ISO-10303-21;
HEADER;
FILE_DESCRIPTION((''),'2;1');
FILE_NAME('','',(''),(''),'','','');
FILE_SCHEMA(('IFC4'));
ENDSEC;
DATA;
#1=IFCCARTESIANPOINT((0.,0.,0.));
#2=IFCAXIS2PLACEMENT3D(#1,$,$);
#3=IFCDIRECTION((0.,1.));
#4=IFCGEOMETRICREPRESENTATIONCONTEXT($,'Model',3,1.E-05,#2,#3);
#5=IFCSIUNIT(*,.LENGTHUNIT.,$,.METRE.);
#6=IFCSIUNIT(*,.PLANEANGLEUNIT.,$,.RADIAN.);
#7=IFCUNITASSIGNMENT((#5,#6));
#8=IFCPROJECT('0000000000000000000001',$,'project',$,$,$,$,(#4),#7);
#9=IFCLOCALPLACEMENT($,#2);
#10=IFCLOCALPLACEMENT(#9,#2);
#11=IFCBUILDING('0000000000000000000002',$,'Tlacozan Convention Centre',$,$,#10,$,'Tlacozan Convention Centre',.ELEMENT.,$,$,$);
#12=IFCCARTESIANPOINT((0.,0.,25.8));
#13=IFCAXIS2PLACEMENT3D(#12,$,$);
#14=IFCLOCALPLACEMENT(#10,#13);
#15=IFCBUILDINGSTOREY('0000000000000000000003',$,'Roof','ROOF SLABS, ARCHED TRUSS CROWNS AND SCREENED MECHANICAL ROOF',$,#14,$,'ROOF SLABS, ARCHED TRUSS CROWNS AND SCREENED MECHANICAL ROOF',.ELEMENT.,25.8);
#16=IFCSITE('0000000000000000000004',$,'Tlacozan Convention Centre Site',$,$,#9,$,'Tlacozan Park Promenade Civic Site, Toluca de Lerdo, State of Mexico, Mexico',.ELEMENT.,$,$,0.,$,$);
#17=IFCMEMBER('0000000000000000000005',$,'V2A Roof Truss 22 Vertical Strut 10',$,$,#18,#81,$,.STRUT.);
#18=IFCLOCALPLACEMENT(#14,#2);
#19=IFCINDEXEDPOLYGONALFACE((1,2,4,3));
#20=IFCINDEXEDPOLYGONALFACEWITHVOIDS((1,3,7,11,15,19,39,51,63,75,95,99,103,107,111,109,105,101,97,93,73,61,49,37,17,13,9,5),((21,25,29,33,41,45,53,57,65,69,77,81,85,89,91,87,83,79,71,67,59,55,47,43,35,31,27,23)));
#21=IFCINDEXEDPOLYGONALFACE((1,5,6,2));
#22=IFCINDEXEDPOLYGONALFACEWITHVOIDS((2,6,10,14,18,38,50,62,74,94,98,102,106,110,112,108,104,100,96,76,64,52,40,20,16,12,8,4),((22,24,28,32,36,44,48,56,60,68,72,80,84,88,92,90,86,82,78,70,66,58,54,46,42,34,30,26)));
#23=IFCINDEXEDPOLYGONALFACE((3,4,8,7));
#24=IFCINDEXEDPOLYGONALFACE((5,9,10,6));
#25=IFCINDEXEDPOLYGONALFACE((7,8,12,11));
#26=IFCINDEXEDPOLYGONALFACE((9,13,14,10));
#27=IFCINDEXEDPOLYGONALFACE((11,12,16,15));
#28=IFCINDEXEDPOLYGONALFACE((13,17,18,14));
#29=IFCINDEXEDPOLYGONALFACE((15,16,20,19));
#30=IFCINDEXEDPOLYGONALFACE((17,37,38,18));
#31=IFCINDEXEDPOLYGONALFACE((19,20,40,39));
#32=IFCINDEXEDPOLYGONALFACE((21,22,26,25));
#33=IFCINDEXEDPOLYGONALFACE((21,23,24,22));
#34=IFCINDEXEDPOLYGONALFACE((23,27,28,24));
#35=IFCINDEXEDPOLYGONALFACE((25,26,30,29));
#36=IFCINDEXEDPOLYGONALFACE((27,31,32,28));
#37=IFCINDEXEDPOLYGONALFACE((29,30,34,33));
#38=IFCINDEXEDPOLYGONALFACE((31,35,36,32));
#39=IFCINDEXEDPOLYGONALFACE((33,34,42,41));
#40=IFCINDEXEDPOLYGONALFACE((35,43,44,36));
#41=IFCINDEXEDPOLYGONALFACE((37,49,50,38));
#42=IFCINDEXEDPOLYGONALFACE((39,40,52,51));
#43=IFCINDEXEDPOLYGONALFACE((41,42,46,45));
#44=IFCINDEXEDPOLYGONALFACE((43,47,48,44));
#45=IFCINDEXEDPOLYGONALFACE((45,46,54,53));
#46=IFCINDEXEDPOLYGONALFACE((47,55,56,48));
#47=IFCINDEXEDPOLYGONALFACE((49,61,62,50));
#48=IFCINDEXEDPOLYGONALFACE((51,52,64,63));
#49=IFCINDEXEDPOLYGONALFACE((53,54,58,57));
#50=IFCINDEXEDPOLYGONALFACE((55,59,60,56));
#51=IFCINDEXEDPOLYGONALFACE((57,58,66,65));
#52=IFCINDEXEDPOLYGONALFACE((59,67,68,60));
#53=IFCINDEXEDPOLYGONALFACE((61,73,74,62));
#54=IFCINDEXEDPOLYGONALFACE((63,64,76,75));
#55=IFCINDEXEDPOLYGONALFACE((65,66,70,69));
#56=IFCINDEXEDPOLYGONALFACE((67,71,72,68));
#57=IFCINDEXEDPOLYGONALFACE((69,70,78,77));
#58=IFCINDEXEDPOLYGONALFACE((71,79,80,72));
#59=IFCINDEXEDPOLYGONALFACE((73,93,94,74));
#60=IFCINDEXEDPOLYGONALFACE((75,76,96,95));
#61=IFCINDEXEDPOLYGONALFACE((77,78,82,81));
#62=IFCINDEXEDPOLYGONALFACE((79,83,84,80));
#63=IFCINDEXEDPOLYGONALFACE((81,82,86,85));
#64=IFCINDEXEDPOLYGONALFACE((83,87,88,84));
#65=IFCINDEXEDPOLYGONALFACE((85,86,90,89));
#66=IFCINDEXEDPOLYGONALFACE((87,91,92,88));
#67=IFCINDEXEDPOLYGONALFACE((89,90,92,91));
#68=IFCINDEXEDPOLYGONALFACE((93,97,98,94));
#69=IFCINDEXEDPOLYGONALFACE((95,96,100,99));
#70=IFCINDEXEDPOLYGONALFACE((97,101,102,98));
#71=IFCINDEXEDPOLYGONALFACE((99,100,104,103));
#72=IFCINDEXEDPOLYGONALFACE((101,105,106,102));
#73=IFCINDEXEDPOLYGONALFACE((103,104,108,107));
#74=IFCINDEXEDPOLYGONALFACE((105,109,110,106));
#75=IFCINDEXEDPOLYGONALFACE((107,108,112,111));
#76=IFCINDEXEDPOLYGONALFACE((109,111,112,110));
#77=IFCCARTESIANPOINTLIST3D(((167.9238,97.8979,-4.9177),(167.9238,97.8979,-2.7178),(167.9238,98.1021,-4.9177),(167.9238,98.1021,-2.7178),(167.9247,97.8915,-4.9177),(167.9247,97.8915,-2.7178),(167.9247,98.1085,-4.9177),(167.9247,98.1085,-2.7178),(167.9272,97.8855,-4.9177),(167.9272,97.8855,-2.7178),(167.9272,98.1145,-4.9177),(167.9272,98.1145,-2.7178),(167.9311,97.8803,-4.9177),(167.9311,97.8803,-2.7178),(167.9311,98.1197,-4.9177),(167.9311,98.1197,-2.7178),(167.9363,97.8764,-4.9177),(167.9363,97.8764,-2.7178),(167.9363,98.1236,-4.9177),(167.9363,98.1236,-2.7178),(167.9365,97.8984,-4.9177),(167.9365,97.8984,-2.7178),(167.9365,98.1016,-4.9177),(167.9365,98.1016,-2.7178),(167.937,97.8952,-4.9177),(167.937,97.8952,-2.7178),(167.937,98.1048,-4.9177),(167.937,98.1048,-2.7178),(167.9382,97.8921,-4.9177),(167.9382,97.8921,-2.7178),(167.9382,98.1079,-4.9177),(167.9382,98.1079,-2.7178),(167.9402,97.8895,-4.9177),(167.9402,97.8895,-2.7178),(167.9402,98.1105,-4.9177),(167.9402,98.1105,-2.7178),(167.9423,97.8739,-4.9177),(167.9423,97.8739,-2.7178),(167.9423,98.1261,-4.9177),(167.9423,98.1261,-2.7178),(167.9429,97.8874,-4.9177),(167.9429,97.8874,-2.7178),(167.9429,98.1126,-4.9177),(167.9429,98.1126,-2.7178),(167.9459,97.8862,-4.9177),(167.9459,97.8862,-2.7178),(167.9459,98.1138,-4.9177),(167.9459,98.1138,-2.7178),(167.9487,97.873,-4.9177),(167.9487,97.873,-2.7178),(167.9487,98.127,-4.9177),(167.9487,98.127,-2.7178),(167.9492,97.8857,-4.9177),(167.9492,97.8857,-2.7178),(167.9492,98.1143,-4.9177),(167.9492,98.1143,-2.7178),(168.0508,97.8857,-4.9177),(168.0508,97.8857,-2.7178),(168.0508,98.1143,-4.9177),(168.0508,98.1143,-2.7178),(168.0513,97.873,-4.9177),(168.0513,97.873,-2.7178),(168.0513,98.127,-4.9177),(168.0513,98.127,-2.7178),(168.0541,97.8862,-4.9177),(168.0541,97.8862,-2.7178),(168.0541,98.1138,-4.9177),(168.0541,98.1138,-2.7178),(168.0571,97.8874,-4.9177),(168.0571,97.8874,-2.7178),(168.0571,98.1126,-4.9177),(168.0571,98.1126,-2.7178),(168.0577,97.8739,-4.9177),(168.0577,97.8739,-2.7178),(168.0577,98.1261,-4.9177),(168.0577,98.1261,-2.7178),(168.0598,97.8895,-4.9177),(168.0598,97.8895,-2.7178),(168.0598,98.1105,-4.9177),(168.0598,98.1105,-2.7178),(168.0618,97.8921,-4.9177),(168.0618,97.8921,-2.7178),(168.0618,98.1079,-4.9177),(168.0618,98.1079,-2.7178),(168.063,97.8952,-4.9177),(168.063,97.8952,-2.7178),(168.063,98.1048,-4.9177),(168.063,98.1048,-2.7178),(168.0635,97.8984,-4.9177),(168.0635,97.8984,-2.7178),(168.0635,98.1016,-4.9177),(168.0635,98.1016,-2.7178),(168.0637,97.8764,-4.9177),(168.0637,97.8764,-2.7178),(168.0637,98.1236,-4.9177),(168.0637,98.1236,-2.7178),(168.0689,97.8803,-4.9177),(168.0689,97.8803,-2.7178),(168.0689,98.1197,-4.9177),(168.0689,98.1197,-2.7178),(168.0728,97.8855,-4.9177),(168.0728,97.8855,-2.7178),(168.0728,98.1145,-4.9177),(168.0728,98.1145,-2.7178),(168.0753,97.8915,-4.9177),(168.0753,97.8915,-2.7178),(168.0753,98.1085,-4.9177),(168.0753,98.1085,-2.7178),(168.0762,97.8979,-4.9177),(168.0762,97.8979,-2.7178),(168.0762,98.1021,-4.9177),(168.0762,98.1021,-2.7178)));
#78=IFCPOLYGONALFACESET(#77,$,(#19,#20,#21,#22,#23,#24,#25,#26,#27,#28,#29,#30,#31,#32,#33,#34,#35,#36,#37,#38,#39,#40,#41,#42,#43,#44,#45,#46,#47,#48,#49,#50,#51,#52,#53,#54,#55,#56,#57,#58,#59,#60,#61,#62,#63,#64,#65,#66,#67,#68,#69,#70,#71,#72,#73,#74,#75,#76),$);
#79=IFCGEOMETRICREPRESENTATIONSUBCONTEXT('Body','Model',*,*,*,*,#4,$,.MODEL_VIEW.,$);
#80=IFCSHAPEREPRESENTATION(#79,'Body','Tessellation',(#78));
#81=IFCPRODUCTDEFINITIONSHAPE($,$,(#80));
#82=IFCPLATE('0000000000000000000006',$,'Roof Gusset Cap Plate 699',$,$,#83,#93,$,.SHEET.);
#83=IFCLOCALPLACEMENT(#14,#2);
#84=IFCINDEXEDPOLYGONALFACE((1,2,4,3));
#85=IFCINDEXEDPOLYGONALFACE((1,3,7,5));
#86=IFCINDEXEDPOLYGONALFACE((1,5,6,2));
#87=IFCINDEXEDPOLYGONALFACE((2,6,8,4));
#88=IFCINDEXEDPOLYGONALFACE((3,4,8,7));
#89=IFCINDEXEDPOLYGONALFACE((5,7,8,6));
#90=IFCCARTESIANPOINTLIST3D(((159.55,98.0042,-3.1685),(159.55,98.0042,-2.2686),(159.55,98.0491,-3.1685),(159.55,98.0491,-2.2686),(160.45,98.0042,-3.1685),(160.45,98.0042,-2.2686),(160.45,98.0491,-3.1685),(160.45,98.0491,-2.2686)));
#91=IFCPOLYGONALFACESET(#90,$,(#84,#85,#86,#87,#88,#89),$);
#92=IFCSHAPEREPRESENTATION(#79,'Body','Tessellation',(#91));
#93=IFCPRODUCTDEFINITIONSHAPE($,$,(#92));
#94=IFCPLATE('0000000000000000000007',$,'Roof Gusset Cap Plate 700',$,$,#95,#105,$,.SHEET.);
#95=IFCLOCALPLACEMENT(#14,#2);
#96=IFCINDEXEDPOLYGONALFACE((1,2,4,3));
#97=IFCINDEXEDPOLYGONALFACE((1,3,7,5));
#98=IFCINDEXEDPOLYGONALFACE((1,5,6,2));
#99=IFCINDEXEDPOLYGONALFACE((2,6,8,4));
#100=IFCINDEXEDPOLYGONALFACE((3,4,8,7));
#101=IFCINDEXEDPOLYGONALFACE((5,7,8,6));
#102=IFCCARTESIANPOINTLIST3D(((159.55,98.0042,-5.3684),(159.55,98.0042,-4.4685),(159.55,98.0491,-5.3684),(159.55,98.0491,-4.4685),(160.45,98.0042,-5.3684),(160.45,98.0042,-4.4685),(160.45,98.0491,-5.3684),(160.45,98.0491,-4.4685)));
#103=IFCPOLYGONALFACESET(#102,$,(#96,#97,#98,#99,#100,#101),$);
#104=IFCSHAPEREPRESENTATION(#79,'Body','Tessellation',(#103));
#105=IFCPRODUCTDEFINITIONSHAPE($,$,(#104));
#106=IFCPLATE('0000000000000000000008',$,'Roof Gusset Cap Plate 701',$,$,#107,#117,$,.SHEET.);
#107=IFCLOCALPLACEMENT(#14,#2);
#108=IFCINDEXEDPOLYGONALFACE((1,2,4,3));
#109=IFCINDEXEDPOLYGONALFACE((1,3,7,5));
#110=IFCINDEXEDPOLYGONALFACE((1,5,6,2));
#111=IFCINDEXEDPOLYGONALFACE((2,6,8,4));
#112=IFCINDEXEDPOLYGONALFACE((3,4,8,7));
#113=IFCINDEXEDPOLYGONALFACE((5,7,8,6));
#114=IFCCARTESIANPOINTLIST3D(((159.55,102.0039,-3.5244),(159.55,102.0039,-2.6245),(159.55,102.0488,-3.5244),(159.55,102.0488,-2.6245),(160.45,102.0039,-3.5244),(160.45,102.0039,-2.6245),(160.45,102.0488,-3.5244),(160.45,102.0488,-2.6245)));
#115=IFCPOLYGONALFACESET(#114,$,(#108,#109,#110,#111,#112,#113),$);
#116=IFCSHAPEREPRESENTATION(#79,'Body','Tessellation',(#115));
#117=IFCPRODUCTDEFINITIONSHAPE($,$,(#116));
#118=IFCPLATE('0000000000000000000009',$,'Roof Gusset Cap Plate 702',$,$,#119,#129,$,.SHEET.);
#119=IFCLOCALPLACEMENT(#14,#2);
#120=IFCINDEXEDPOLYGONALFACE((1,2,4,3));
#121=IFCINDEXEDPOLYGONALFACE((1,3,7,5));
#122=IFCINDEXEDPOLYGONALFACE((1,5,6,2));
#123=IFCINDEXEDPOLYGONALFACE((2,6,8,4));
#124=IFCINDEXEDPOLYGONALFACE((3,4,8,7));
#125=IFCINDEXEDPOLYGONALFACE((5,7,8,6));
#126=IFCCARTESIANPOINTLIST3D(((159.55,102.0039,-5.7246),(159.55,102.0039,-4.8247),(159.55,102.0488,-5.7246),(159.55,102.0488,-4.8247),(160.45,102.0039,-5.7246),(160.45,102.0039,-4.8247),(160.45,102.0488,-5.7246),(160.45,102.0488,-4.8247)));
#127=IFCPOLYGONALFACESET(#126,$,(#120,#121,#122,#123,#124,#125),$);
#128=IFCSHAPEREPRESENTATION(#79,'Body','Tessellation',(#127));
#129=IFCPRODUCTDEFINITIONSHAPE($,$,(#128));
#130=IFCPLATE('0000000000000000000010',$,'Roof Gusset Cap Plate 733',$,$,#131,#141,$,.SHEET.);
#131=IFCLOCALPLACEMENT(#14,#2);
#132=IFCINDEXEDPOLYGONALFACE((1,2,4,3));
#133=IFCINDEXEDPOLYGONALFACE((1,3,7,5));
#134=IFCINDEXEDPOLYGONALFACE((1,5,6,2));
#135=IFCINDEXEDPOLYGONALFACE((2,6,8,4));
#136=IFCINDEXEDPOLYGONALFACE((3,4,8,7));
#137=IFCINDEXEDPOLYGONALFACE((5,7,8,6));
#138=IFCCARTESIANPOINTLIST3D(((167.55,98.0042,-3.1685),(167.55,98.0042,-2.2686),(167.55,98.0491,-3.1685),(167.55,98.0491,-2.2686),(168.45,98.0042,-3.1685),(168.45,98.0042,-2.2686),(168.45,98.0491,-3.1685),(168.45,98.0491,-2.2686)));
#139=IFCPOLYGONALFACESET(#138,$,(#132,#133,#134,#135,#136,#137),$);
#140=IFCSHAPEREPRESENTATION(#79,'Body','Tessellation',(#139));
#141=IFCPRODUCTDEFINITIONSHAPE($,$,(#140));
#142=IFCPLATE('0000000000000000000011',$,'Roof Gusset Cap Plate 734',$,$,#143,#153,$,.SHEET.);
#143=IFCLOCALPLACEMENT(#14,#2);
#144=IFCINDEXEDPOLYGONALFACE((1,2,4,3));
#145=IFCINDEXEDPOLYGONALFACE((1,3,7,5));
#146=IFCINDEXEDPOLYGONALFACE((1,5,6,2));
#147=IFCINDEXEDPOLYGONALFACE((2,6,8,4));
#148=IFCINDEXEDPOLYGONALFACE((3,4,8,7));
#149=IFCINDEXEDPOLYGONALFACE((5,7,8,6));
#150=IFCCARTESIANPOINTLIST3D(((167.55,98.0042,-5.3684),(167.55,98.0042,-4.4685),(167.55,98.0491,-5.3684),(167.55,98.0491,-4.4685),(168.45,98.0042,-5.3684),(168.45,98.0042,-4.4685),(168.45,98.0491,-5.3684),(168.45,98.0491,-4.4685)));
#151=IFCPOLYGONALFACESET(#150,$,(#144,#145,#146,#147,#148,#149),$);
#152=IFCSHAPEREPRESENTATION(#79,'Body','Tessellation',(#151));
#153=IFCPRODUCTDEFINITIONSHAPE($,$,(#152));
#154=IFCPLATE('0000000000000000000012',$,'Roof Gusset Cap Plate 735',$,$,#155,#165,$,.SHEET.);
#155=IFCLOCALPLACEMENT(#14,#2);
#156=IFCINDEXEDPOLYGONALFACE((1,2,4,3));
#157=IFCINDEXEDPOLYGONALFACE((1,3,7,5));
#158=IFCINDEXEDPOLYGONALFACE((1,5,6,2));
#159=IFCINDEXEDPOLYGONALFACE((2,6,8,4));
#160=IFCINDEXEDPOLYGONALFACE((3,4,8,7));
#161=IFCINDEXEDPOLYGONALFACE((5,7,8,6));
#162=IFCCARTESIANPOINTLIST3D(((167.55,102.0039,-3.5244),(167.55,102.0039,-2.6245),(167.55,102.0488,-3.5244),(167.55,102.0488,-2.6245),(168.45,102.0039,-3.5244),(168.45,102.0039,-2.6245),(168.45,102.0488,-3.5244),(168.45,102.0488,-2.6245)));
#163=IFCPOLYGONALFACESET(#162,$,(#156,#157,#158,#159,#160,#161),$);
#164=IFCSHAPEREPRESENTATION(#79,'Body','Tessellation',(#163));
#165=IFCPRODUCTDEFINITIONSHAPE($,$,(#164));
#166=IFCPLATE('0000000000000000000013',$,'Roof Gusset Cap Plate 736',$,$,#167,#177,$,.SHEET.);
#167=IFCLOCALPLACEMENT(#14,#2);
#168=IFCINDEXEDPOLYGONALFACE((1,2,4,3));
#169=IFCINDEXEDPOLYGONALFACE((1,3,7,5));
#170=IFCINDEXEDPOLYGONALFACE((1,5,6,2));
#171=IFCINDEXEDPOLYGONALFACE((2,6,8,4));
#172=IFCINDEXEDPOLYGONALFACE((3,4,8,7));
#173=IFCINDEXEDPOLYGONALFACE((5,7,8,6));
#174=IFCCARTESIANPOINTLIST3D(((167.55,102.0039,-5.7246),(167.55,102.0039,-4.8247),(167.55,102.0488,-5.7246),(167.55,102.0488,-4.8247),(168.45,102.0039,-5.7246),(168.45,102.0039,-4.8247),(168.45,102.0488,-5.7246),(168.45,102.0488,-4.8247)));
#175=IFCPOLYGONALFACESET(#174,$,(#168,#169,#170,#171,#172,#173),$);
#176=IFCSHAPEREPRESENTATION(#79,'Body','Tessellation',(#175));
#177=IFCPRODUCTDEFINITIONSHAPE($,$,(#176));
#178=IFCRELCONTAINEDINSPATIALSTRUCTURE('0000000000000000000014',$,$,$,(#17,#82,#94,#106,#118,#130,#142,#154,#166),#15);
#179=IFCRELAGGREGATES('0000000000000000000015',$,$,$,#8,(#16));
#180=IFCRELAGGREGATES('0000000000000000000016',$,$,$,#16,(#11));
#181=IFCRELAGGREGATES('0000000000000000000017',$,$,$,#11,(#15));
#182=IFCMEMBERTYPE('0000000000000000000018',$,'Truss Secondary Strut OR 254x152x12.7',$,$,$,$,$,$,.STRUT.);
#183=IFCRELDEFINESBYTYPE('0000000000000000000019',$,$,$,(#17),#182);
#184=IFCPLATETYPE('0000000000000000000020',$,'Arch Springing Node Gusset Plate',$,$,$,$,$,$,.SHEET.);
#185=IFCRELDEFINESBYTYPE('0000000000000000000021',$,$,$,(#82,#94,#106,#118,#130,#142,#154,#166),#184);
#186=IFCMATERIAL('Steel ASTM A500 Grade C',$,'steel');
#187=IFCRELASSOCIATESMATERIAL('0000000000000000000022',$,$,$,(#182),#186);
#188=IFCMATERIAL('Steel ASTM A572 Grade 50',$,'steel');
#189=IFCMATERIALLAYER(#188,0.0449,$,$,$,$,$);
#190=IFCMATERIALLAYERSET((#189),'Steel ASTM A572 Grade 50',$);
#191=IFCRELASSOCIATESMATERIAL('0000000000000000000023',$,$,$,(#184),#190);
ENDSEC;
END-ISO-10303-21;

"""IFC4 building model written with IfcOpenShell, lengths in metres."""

from ifc_helpers import new_model, si_unit, direction, frame, origin, origin_2d, place, context, subcontext, project, spatial, rectangle, hollow_rectangle, extrude, material, layer, layer_set, material_profile, profile_set, type_object, element, save


model = new_model("IFC4")

# Units and contexts
model_context = context("Model", 3, precision=1e-05, world=origin(), true_north=direction((0.0, 1.0)))
body_context = subcontext(model_context, "Body", "Model", "MODEL_VIEW")
ifc_project = project(units=[si_unit("LENGTHUNIT", "METRE"), si_unit("PLANEANGLEUNIT", "RADIAN")], contexts=[model_context])

# Site, building, storey
site_placement = place(None, origin())
site = spatial("IfcSite", under=ifc_project, at=site_placement, Name="Tlacozan Convention Centre Site", LongName="Tlacozan Park Promenade Civic Site, Toluca de Lerdo, State of Mexico, Mexico", CompositionType="ELEMENT", RefElevation=0.0)
building_placement = place(site_placement, origin())
building = spatial("IfcBuilding", under=site, at=building_placement, Name="Tlacozan Convention Centre", LongName="Tlacozan Convention Centre", CompositionType="ELEMENT")
storey_placement = place(building_placement, frame((0.0, 0.0, 25.8)))
storey = spatial("IfcBuildingStorey", under=building, at=storey_placement, Name="Roof", Description="ROOF SLABS, ARCHED TRUSS CROWNS AND SCREENED MECHANICAL ROOF", LongName="ROOF SLABS, ARCHED TRUSS CROWNS AND SCREENED MECHANICAL ROOF", CompositionType="ELEMENT", Elevation=25.8)

# Member
ifc_material_1 = material(Name="Steel ASTM A500 Grade C", Category="steel")
ifc_material_profile_1 = material_profile(ifc_material_1, hollow_rectangle(XDim=0.1523, YDim=0.2539, WallThickness=0.0127, InnerFilletRadius=0.0127, OuterFilletRadius=0.0249, at=origin_2d()), Name="OR 254x152x12.7")
ifc_profile_set_1 = profile_set([ifc_material_profile_1], Name="Steel ASTM A500 Grade C")
member_type_1 = type_object("IfcMemberType", Name="Truss Secondary Strut OR 254x152x12.7", PredefinedType="STRUT", material=ifc_profile_set_1)
for number, where, z_axis, x_axis, name in (
    (1, (168.0, 98.0, -4.9177), (0.0, 0.0, 1.0), (1.0, 0.0, 0.0), "V2A Roof Truss 22 Vertical Strut 10"),
):
    element("IfcMember", number, at=place(storey_placement, frame(where, z_axis=z_axis, x_axis=x_axis)), inside=storey, type_object=member_type_1, Name=name, PredefinedType="STRUT", context=body_context, shape_type="SweptSolid", body=[
        extrude(hollow_rectangle(XDim=0.1523, YDim=0.2539, WallThickness=0.0127, InnerFilletRadius=0.0127, OuterFilletRadius=0.0249, at=origin_2d()), origin(), (0.0, 0.0, 1.0), 2.2),
    ])

# Plates
ifc_material_2 = material(Name="Steel ASTM A572 Grade 50", Category="steel")
ifc_layer = layer(ifc_material_2, 0.0449)
ifc_layer_set = layer_set([ifc_layer], Name="Steel ASTM A572 Grade 50")
plate_type = type_object("IfcPlateType", Name="Arch Springing Node Gusset Plate", PredefinedType="SHEET", material=ifc_layer_set)
for number, where, z_axis, x_axis, name in (
    (2, (160.0, 98.0266, -3.1685), (0.0, 0.0, 1.0), (0.0, 1.0, 0.0), "Roof Gusset Cap Plate 699"),
    (3, (160.0, 98.0266, -5.3684), (0.0, 0.0, 1.0), (0.0, 1.0, 0.0), "Roof Gusset Cap Plate 700"),
    (4, (160.0, 102.0264, -3.5244), (0.0, 0.0, 1.0), (0.0, 1.0, 0.0), "Roof Gusset Cap Plate 701"),
    (5, (160.0, 102.0264, -5.7246), (0.0, 0.0, 1.0), (0.0, 1.0, 0.0), "Roof Gusset Cap Plate 702"),
    (6, (168.0, 98.0266, -3.1685), (0.0, 0.0, 1.0), (0.0, 1.0, 0.0), "Roof Gusset Cap Plate 733"),
    (7, (168.0, 98.0266, -5.3684), (0.0, 0.0, 1.0), (0.0, 1.0, 0.0), "Roof Gusset Cap Plate 734"),
    (8, (168.0, 102.0264, -3.5244), (0.0, 0.0, 1.0), (0.0, 1.0, 0.0), "Roof Gusset Cap Plate 735"),
    (9, (168.0, 102.0264, -5.7246), (0.0, 0.0, 1.0), (0.0, 1.0, 0.0), "Roof Gusset Cap Plate 736"),
):
    element("IfcPlate", number, at=place(storey_placement, frame(where, z_axis=z_axis, x_axis=x_axis)), inside=storey, type_object=plate_type, Name=name, PredefinedType="SHEET", context=body_context, shape_type="SweptSolid", body=[
        extrude(rectangle(XDim=0.0449, YDim=0.8999, at=origin_2d()), origin(), (0.0, 0.0, 1.0), 0.8999),
    ])

save(model, "model.ifc")
